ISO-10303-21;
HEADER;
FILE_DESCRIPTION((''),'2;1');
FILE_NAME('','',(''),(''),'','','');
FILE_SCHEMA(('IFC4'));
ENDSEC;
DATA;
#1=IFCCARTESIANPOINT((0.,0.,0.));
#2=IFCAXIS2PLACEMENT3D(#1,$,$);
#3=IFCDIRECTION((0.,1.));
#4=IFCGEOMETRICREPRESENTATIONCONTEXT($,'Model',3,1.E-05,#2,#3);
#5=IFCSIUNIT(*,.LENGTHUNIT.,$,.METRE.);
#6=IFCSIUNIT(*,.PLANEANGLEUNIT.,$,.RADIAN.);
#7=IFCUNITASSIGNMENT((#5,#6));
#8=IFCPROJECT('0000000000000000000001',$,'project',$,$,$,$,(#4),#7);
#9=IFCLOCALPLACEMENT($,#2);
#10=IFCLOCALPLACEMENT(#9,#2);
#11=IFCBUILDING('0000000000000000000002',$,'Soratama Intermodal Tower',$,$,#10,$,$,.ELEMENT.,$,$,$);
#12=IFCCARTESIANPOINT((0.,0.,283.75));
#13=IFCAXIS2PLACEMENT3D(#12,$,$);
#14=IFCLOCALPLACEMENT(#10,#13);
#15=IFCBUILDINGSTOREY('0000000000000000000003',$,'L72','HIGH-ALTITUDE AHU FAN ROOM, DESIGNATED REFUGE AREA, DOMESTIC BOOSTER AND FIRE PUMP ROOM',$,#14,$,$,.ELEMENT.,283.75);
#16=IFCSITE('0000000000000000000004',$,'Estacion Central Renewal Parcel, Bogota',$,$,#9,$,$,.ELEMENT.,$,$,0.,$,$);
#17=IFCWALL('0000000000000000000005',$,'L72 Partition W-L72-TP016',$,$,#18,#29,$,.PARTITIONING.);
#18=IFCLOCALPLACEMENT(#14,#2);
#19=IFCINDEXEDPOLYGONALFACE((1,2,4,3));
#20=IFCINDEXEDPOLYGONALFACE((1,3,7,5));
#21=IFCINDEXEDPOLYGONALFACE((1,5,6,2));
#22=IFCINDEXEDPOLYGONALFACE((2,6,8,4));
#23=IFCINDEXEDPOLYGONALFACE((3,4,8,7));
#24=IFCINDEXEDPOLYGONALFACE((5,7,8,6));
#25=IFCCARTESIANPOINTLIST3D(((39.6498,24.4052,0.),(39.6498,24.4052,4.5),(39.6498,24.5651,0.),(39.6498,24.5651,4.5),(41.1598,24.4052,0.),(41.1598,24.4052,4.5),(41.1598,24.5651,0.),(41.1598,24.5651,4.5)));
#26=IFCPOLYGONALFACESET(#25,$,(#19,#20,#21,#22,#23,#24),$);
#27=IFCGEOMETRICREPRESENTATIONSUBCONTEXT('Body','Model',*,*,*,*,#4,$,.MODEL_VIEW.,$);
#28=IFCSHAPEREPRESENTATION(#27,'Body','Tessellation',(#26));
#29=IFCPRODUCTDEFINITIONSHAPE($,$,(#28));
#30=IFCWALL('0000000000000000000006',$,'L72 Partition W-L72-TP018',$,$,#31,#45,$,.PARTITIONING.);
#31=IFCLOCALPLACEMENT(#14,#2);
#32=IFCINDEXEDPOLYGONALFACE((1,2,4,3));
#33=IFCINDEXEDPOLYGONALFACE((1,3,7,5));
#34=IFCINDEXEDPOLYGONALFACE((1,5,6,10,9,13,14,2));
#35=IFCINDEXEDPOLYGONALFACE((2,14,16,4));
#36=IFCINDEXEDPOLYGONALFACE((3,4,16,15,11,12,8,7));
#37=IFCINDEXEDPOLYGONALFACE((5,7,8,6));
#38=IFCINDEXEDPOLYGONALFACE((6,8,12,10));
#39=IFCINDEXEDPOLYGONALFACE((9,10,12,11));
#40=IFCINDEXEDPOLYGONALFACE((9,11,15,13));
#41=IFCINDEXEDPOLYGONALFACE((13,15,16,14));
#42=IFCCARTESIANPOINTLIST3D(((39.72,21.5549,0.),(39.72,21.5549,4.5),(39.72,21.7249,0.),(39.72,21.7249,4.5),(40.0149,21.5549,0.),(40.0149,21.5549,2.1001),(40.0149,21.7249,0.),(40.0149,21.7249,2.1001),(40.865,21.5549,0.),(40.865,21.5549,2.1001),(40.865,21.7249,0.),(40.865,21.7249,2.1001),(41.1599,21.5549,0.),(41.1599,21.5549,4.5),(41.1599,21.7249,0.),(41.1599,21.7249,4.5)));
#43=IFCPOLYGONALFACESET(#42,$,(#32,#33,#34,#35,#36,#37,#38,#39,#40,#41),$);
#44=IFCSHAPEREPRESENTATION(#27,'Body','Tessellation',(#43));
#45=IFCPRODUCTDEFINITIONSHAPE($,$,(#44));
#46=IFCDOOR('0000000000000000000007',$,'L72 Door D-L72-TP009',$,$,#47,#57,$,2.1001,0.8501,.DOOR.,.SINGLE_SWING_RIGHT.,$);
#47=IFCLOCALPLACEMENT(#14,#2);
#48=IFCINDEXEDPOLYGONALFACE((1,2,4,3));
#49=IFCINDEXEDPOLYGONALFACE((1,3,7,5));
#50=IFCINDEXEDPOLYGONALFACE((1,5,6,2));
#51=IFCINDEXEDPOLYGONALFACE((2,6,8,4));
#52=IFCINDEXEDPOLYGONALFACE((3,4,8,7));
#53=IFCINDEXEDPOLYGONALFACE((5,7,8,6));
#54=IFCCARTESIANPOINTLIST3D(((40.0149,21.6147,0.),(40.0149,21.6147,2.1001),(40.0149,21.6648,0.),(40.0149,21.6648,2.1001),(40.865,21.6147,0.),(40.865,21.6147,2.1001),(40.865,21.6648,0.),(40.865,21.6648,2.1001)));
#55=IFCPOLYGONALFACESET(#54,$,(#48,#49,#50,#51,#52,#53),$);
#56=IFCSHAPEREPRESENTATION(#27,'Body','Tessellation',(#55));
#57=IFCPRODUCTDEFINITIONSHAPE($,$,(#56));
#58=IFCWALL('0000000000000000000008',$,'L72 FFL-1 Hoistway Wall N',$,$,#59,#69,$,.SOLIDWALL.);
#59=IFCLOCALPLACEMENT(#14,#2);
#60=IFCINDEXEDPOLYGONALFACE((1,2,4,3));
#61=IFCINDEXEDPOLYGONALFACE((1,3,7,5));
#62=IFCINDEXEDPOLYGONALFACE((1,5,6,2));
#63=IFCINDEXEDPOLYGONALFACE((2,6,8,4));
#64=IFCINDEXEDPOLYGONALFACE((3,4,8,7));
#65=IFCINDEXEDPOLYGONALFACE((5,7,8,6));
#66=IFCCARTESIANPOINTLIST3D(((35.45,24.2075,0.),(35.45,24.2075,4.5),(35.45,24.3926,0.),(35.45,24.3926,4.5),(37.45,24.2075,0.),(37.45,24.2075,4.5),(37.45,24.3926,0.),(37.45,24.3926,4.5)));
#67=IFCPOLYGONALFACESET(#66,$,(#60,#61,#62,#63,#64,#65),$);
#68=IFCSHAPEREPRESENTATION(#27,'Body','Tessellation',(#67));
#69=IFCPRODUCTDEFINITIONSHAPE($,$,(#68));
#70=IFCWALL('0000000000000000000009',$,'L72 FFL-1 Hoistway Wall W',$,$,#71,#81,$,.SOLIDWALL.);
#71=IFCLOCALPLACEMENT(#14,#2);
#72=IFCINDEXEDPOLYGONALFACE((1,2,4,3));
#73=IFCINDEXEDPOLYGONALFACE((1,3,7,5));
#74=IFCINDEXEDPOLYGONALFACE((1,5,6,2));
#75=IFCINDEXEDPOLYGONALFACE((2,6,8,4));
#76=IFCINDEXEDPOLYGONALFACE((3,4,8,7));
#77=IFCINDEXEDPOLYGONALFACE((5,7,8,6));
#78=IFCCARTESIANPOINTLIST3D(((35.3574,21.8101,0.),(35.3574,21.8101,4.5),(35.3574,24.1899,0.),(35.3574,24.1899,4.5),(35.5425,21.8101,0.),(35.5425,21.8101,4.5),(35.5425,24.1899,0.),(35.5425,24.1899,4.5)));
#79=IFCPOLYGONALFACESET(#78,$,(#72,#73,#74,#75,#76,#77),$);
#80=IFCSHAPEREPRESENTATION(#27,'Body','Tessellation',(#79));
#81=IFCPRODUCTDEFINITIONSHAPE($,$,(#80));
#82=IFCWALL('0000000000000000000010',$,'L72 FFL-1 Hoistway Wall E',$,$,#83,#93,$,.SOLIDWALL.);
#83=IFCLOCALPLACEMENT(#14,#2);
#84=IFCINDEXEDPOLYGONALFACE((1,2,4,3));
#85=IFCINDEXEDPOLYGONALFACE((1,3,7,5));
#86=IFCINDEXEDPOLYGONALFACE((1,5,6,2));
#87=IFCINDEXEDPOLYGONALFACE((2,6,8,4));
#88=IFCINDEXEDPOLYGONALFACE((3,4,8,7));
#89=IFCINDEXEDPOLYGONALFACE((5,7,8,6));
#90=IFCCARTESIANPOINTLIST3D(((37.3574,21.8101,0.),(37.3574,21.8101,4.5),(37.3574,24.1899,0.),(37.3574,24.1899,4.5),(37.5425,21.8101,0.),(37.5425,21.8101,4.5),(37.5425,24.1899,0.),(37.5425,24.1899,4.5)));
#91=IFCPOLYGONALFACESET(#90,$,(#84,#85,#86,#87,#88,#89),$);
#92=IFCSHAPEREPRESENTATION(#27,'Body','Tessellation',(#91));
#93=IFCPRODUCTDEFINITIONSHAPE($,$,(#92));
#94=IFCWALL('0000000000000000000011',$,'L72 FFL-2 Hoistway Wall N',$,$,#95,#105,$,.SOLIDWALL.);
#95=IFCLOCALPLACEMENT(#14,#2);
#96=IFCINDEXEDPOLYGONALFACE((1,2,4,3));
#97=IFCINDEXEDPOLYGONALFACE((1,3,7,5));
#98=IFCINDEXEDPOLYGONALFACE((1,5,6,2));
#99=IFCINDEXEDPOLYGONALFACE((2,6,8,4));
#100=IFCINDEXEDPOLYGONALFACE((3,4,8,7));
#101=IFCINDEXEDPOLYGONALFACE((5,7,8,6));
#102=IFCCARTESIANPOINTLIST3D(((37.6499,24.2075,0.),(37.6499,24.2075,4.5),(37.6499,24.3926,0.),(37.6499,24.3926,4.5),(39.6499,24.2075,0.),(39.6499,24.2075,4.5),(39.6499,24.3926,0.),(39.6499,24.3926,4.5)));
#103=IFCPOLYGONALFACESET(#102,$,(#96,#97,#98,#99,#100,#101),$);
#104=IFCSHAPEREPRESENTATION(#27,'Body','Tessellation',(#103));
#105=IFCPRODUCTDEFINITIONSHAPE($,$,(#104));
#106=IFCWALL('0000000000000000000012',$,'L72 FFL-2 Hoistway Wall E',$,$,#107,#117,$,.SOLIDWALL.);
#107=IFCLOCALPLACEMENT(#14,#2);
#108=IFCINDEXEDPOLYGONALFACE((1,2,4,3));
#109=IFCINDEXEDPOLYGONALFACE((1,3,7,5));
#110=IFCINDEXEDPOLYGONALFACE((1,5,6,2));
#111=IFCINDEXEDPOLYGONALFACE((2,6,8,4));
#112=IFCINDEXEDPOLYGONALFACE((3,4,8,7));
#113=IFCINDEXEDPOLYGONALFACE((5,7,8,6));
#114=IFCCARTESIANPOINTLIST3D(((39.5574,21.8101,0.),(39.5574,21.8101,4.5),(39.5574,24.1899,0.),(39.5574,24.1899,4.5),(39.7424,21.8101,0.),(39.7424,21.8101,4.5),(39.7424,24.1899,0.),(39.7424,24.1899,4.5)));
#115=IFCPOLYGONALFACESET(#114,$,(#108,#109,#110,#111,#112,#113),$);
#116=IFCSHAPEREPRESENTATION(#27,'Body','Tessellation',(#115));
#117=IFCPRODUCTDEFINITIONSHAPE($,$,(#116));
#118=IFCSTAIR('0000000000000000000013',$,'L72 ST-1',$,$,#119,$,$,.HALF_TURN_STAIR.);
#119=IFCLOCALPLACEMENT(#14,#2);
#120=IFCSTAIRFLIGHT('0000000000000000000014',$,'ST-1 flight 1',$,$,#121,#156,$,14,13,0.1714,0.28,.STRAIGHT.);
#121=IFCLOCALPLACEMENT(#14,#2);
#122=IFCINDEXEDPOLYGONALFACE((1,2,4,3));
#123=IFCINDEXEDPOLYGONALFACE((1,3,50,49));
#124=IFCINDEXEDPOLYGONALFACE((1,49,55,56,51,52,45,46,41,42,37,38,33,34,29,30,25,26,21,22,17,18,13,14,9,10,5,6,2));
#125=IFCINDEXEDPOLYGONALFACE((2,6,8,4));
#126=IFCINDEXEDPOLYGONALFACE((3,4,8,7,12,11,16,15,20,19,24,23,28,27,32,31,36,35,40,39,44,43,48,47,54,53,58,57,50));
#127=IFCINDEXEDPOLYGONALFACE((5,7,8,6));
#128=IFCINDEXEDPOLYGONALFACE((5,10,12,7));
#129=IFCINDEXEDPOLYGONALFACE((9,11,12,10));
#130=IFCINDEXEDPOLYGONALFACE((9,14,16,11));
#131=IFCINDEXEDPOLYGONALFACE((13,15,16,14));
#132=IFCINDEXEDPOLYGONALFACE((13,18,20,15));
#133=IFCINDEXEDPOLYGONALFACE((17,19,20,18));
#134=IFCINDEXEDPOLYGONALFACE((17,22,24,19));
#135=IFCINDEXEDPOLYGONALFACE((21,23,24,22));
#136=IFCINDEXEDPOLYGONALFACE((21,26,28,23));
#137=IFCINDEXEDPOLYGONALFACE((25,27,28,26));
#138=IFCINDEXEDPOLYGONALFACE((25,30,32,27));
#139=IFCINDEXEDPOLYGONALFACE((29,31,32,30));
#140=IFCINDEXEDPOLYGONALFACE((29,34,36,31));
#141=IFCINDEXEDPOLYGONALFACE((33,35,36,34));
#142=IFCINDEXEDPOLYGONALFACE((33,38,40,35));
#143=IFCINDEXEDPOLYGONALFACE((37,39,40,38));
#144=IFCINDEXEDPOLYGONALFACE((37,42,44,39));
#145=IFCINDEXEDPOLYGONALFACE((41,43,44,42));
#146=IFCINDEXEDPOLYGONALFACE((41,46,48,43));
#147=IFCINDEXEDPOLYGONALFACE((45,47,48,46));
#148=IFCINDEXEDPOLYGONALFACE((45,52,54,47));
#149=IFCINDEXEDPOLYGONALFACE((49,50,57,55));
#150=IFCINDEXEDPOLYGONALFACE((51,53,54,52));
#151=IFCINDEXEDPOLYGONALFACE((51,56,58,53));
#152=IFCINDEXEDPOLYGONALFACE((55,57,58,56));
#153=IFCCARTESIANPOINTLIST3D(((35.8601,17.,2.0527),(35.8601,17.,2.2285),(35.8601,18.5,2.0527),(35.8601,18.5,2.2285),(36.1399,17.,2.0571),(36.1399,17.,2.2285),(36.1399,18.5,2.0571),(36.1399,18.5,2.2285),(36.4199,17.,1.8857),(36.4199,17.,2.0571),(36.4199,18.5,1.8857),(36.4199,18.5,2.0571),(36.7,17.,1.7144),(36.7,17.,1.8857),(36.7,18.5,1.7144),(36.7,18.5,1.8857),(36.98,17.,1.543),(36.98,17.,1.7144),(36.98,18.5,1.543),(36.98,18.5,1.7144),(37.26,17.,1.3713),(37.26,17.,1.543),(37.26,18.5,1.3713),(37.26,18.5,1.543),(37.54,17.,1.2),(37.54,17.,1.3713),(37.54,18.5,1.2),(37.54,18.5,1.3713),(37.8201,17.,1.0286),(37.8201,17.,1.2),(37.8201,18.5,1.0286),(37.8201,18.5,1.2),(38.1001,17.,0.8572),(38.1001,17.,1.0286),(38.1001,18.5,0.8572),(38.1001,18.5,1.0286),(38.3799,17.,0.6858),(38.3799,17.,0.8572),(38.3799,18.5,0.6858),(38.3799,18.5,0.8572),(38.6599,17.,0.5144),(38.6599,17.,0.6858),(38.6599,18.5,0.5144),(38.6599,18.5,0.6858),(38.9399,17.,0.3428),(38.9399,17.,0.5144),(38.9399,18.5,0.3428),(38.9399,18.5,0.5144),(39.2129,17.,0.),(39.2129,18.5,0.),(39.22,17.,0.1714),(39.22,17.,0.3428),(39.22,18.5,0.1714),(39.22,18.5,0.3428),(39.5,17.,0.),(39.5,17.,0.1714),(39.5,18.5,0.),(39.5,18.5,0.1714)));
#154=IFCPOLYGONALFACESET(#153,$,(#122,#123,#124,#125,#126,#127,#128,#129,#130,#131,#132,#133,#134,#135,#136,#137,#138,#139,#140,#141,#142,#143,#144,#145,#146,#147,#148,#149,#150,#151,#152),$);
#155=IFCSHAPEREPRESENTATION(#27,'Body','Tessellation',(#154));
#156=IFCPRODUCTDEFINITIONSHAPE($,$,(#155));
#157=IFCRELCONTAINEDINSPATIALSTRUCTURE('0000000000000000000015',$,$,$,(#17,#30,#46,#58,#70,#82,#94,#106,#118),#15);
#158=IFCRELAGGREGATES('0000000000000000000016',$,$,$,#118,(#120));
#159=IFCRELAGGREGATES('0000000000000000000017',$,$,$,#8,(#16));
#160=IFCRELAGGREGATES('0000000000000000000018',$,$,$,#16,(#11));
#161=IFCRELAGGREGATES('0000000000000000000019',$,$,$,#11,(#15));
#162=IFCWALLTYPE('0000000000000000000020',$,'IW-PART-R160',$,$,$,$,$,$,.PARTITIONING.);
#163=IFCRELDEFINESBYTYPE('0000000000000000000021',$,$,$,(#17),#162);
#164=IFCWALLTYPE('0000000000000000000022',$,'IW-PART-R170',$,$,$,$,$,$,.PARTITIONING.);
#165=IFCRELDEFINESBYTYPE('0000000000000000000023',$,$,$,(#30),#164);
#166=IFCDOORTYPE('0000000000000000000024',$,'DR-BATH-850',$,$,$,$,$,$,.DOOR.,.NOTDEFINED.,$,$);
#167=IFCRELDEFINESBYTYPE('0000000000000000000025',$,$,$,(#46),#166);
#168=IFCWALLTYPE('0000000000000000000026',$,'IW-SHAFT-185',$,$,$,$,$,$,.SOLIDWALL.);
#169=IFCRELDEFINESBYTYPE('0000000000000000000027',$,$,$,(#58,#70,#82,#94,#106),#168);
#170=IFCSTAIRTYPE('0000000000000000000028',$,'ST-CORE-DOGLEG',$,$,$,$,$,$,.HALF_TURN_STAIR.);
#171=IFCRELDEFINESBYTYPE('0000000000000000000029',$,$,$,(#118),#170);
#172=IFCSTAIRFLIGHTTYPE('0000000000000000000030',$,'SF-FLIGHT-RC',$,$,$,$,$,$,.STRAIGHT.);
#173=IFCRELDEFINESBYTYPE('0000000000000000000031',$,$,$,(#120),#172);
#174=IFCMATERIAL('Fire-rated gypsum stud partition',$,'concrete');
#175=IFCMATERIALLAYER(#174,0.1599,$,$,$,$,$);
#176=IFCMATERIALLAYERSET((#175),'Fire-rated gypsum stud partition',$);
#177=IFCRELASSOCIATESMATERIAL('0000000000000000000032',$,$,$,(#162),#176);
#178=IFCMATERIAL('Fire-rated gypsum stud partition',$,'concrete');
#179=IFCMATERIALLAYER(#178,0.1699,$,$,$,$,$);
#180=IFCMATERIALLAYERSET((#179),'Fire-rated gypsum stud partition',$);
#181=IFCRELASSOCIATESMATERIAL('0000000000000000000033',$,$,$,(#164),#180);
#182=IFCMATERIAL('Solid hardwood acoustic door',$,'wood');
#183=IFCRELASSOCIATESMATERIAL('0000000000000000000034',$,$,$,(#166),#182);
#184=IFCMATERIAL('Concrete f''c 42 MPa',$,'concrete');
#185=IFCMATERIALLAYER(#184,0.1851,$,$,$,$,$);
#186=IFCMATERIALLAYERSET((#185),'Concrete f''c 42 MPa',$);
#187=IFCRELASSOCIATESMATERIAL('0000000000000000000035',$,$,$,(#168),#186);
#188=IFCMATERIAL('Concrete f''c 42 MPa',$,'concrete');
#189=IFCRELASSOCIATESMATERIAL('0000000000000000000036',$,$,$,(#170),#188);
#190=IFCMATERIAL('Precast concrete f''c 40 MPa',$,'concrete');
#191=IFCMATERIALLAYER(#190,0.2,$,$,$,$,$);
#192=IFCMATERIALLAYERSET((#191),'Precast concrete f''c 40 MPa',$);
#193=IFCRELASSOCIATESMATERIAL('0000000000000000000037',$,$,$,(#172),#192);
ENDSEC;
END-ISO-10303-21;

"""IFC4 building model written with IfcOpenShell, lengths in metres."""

from ifc_helpers import new_model, si_unit, direction, frame, frame_2d, origin, place, context, subcontext, project, spatial, polyline, rectangle, outline, extrude, material, layer, layer_set, type_object, element, fill, aggregate, save


model = new_model("IFC4")

# Units and contexts
model_context = context("Model", 3, precision=1e-05, world=origin(), true_north=direction((0.0, 1.0)))
body_context = subcontext(model_context, "Body", "Model", "MODEL_VIEW")
ifc_project = project(units=[si_unit("LENGTHUNIT", "METRE"), si_unit("PLANEANGLEUNIT", "RADIAN")], contexts=[model_context])

# Site, building, storey
site_placement = place(None, origin())
site = spatial("IfcSite", under=ifc_project, at=site_placement, Name="Estacion Central Renewal Parcel, Bogota", CompositionType="ELEMENT", RefElevation=0.0)
building_placement = place(site_placement, origin())
building = spatial("IfcBuilding", under=site, at=building_placement, Name="Soratama Intermodal Tower", CompositionType="ELEMENT")
storey_placement = place(building_placement, frame((0.0, 0.0, 283.75)))
storey = spatial("IfcBuildingStorey", under=building, at=storey_placement, Name="L72", Description="HIGH-ALTITUDE AHU FAN ROOM, DESIGNATED REFUGE AREA, DOMESTIC BOOSTER AND FIRE PUMP ROOM", CompositionType="ELEMENT", Elevation=283.75)

# Wall
ifc_material_1 = material(Name="Fire-rated gypsum stud partition", Category="concrete")
ifc_layer_1 = layer(ifc_material_1, 0.1599)
ifc_layer_set_1 = layer_set([ifc_layer_1], Name="Fire-rated gypsum stud partition")
wall_type_1 = type_object("IfcWallType", Name="IW-PART-R160", PredefinedType="PARTITIONING", material=ifc_layer_set_1)
wall_1_placement = place(storey_placement, frame((39.6499, 24.4851, 0.0), z_axis=(0.0, 0.0, 1.0), x_axis=(1.0, 0.0, 0.0)))
element("IfcWall", 1, at=wall_1_placement, inside=storey, type_object=wall_type_1, Name="L72 Partition W-L72-TP016", PredefinedType="PARTITIONING", context=body_context, shape_type="SweptSolid", body=[
    extrude(rectangle(XDim=1.51, YDim=0.1599, at=frame_2d((0.7549, 0.0))), origin(), (0.0, 0.0, 1.0), 4.5),
])

# Wall, opening, door
ifc_material_2 = material(Name="Fire-rated gypsum stud partition", Category="concrete")
ifc_layer_2 = layer(ifc_material_2, 0.1699)
ifc_layer_set_2 = layer_set([ifc_layer_2], Name="Fire-rated gypsum stud partition")
wall_type_2 = type_object("IfcWallType", Name="IW-PART-R170", PredefinedType="PARTITIONING", material=ifc_layer_set_2)
wall_2_placement = place(storey_placement, frame((39.72, 21.6399, 0.0), z_axis=(0.0, 0.0, 1.0), x_axis=(1.0, 0.0, 0.0)))
wall_2 = element("IfcWall", 2, at=wall_2_placement, inside=storey, type_object=wall_type_2, Name="L72 Partition W-L72-TP018", PredefinedType="PARTITIONING", context=body_context, shape_type="SweptSolid", body=[
    extrude(rectangle(XDim=1.4399, YDim=0.1699, at=frame_2d((0.72, 0.0))), origin(), (0.0, 0.0, 1.0), 4.5),
])
opening_1_placement = place(wall_2_placement, frame((0.2949, 0.0, 0.0)))
opening_1 = element("IfcOpeningElement", 3, at=opening_1_placement, cuts=wall_2, PredefinedType="OPENING", context=body_context, shape_type="SweptSolid", body=[
    extrude(rectangle(XDim=0.8501, YDim=2.1001, at=frame_2d((0.425, 1.05))), frame((0.0, 0.095, 0.0), z_axis=(0.0, -1.0, 0.0), x_axis=(1.0, 0.0, 0.0)), (0.0, 0.0, 1.0), 0.1899),
])
ifc_material_3 = material(Name="Solid hardwood acoustic door", Category="wood")
door_type_1 = type_object("IfcDoorType", Name="DR-BATH-850", OperationType="NOTDEFINED", PredefinedType="DOOR", material=ifc_material_3)
door_1_placement = place(opening_1_placement, origin())
door_1 = element("IfcDoor", 4, at=door_1_placement, inside=storey, type_object=door_type_1, Name="L72 Door D-L72-TP009", OperationType="SINGLE_SWING_RIGHT", OverallHeight=2.1001, OverallWidth=0.8501, PredefinedType="DOOR", context=body_context, shape_type="SweptSolid", body=[
    extrude(rectangle(XDim=0.8501, YDim=2.1001, at=frame_2d((0.425, 1.05))), frame((0.0, 0.0249, 0.0), z_axis=(0.0, -1.0, 0.0), x_axis=(1.0, 0.0, 0.0)), (0.0, 0.0, 1.0), 0.05),
])
fill(opening_1, door_1)
ifc_material_4 = material(Name="Concrete f'c 42 MPa", Category="concrete")
ifc_layer_3 = layer(ifc_material_4, 0.1851)
ifc_layer_set_3 = layer_set([ifc_layer_3], Name="Concrete f'c 42 MPa")
wall_type_3 = type_object("IfcWallType", Name="IW-SHAFT-185", PredefinedType="SOLIDWALL", material=ifc_layer_set_3)

# Walls
wall_3_placement = place(storey_placement, frame((35.45, 24.3, 0.0), z_axis=(0.0, 0.0, 1.0), x_axis=(1.0, 0.0, 0.0)))
element("IfcWall", 5, at=wall_3_placement, inside=storey, type_object=wall_type_3, Name="L72 FFL-1 Hoistway Wall N", PredefinedType="SOLIDWALL", context=body_context, shape_type="SweptSolid", body=[
    extrude(rectangle(XDim=2.0, YDim=0.1851, at=frame_2d((1.0, 0.0))), origin(), (0.0, 0.0, 1.0), 4.5),
])
for number, where, z_axis, x_axis, name in (
    (6, (35.45, 21.8101, 0.0), (0.0, 0.0, 1.0), (0.0, 1.0, 0.0), "L72 FFL-1 Hoistway Wall W"),
    (7, (37.45, 21.8101, 0.0), (0.0, 0.0, 1.0), (0.0, 1.0, 0.0), "L72 FFL-1 Hoistway Wall E"),
):
    element("IfcWall", number, at=place(storey_placement, frame(where, z_axis=z_axis, x_axis=x_axis)), inside=storey, type_object=wall_type_3, Name=name, PredefinedType="SOLIDWALL", context=body_context, shape_type="SweptSolid", body=[
        extrude(rectangle(XDim=2.3799, YDim=0.1851, at=frame_2d((1.1899, 0.0))), origin(), (0.0, 0.0, 1.0), 4.5),
    ])

# Walls
wall_4_placement = place(storey_placement, frame((37.6499, 24.3, 0.0), z_axis=(0.0, 0.0, 1.0), x_axis=(1.0, 0.0, 0.0)))
element("IfcWall", 8, at=wall_4_placement, inside=storey, type_object=wall_type_3, Name="L72 FFL-2 Hoistway Wall N", PredefinedType="SOLIDWALL", context=body_context, shape_type="SweptSolid", body=[
    extrude(rectangle(XDim=2.0, YDim=0.1851, at=frame_2d((1.0, 0.0))), origin(), (0.0, 0.0, 1.0), 4.5),
])
wall_5_placement = place(storey_placement, frame((39.6499, 21.8101, 0.0), z_axis=(0.0, 0.0, 1.0), x_axis=(0.0, 1.0, 0.0)))
element("IfcWall", 9, at=wall_5_placement, inside=storey, type_object=wall_type_3, Name="L72 FFL-2 Hoistway Wall E", PredefinedType="SOLIDWALL", context=body_context, shape_type="SweptSolid", body=[
    extrude(rectangle(XDim=2.3799, YDim=0.1851, at=frame_2d((1.1899, 0.0))), origin(), (0.0, 0.0, 1.0), 4.5),
])

# Stair, stair flight
ifc_material_5 = material(Name="Concrete f'c 42 MPa", Category="concrete")
stair_type = type_object("IfcStairType", Name="ST-CORE-DOGLEG", PredefinedType="HALF_TURN_STAIR", material=ifc_material_5)
stair_placement = place(storey_placement, origin())
stair = element("IfcStair", 10, at=stair_placement, inside=storey, type_object=stair_type, Name="L72 ST-1", PredefinedType="HALF_TURN_STAIR")
ifc_material_6 = material(Name="Precast concrete f'c 40 MPa", Category="concrete")
ifc_layer_4 = layer(ifc_material_6, 0.2)
ifc_layer_set_4 = layer_set([ifc_layer_4], Name="Precast concrete f'c 40 MPa")
stair_flight_type = type_object("IfcStairFlightType", Name="SF-FLIGHT-RC", PredefinedType="STRAIGHT", material=ifc_layer_set_4)
stair_flight_1_placement = place(storey_placement, frame((39.5, 17.75, 0.0), z_axis=(0.0, 0.0, 1.0), x_axis=(-1.0, 0.0, 0.0)))
stair_flight_1 = element("IfcStairFlight", 11, at=stair_flight_1_placement, type_object=stair_flight_type, Name="ST-1 flight 1", NumberOfRisers=14, NumberOfTreads=13, PredefinedType="STRAIGHT", RiserHeight=0.1714, TreadLength=0.28, context=body_context, shape_type="SweptSolid", body=[
    extrude(outline(polyline([(0.0, 0.0), (0.0, 0.1714), (0.28, 0.1714), (0.28, 0.3428), (0.5601, 0.3428), (0.5601, 0.5144), (0.8401, 0.5144), (0.8401, 0.6858), (1.1201, 0.6858), (1.1201, 0.8572), (1.3999, 0.8572), (1.3999, 1.0286), (1.6799, 1.0286), (1.6799, 1.2), (1.96, 1.2), (1.96, 1.3713), (2.24, 1.3713), (2.24, 1.543), (2.52, 1.543), (2.52, 1.7144), (2.8, 1.7144), (2.8, 1.8857), (3.0801, 1.8857), (3.0801, 2.0571), (3.3601, 2.0571), (3.3601, 2.2285), (3.6399, 2.2285), (3.6399, 2.3999), (3.6399, 2.0527), (0.2871, 0.0), (0.0, 0.0)])), frame((0.0, 0.75, 0.0), z_axis=(0.0, -1.0, 0.0), x_axis=(1.0, 0.0, 0.0)), (0.0, 0.0, 1.0), 1.5),
])
aggregate(stair, [stair_flight_1])

save(model, "model.ifc")
